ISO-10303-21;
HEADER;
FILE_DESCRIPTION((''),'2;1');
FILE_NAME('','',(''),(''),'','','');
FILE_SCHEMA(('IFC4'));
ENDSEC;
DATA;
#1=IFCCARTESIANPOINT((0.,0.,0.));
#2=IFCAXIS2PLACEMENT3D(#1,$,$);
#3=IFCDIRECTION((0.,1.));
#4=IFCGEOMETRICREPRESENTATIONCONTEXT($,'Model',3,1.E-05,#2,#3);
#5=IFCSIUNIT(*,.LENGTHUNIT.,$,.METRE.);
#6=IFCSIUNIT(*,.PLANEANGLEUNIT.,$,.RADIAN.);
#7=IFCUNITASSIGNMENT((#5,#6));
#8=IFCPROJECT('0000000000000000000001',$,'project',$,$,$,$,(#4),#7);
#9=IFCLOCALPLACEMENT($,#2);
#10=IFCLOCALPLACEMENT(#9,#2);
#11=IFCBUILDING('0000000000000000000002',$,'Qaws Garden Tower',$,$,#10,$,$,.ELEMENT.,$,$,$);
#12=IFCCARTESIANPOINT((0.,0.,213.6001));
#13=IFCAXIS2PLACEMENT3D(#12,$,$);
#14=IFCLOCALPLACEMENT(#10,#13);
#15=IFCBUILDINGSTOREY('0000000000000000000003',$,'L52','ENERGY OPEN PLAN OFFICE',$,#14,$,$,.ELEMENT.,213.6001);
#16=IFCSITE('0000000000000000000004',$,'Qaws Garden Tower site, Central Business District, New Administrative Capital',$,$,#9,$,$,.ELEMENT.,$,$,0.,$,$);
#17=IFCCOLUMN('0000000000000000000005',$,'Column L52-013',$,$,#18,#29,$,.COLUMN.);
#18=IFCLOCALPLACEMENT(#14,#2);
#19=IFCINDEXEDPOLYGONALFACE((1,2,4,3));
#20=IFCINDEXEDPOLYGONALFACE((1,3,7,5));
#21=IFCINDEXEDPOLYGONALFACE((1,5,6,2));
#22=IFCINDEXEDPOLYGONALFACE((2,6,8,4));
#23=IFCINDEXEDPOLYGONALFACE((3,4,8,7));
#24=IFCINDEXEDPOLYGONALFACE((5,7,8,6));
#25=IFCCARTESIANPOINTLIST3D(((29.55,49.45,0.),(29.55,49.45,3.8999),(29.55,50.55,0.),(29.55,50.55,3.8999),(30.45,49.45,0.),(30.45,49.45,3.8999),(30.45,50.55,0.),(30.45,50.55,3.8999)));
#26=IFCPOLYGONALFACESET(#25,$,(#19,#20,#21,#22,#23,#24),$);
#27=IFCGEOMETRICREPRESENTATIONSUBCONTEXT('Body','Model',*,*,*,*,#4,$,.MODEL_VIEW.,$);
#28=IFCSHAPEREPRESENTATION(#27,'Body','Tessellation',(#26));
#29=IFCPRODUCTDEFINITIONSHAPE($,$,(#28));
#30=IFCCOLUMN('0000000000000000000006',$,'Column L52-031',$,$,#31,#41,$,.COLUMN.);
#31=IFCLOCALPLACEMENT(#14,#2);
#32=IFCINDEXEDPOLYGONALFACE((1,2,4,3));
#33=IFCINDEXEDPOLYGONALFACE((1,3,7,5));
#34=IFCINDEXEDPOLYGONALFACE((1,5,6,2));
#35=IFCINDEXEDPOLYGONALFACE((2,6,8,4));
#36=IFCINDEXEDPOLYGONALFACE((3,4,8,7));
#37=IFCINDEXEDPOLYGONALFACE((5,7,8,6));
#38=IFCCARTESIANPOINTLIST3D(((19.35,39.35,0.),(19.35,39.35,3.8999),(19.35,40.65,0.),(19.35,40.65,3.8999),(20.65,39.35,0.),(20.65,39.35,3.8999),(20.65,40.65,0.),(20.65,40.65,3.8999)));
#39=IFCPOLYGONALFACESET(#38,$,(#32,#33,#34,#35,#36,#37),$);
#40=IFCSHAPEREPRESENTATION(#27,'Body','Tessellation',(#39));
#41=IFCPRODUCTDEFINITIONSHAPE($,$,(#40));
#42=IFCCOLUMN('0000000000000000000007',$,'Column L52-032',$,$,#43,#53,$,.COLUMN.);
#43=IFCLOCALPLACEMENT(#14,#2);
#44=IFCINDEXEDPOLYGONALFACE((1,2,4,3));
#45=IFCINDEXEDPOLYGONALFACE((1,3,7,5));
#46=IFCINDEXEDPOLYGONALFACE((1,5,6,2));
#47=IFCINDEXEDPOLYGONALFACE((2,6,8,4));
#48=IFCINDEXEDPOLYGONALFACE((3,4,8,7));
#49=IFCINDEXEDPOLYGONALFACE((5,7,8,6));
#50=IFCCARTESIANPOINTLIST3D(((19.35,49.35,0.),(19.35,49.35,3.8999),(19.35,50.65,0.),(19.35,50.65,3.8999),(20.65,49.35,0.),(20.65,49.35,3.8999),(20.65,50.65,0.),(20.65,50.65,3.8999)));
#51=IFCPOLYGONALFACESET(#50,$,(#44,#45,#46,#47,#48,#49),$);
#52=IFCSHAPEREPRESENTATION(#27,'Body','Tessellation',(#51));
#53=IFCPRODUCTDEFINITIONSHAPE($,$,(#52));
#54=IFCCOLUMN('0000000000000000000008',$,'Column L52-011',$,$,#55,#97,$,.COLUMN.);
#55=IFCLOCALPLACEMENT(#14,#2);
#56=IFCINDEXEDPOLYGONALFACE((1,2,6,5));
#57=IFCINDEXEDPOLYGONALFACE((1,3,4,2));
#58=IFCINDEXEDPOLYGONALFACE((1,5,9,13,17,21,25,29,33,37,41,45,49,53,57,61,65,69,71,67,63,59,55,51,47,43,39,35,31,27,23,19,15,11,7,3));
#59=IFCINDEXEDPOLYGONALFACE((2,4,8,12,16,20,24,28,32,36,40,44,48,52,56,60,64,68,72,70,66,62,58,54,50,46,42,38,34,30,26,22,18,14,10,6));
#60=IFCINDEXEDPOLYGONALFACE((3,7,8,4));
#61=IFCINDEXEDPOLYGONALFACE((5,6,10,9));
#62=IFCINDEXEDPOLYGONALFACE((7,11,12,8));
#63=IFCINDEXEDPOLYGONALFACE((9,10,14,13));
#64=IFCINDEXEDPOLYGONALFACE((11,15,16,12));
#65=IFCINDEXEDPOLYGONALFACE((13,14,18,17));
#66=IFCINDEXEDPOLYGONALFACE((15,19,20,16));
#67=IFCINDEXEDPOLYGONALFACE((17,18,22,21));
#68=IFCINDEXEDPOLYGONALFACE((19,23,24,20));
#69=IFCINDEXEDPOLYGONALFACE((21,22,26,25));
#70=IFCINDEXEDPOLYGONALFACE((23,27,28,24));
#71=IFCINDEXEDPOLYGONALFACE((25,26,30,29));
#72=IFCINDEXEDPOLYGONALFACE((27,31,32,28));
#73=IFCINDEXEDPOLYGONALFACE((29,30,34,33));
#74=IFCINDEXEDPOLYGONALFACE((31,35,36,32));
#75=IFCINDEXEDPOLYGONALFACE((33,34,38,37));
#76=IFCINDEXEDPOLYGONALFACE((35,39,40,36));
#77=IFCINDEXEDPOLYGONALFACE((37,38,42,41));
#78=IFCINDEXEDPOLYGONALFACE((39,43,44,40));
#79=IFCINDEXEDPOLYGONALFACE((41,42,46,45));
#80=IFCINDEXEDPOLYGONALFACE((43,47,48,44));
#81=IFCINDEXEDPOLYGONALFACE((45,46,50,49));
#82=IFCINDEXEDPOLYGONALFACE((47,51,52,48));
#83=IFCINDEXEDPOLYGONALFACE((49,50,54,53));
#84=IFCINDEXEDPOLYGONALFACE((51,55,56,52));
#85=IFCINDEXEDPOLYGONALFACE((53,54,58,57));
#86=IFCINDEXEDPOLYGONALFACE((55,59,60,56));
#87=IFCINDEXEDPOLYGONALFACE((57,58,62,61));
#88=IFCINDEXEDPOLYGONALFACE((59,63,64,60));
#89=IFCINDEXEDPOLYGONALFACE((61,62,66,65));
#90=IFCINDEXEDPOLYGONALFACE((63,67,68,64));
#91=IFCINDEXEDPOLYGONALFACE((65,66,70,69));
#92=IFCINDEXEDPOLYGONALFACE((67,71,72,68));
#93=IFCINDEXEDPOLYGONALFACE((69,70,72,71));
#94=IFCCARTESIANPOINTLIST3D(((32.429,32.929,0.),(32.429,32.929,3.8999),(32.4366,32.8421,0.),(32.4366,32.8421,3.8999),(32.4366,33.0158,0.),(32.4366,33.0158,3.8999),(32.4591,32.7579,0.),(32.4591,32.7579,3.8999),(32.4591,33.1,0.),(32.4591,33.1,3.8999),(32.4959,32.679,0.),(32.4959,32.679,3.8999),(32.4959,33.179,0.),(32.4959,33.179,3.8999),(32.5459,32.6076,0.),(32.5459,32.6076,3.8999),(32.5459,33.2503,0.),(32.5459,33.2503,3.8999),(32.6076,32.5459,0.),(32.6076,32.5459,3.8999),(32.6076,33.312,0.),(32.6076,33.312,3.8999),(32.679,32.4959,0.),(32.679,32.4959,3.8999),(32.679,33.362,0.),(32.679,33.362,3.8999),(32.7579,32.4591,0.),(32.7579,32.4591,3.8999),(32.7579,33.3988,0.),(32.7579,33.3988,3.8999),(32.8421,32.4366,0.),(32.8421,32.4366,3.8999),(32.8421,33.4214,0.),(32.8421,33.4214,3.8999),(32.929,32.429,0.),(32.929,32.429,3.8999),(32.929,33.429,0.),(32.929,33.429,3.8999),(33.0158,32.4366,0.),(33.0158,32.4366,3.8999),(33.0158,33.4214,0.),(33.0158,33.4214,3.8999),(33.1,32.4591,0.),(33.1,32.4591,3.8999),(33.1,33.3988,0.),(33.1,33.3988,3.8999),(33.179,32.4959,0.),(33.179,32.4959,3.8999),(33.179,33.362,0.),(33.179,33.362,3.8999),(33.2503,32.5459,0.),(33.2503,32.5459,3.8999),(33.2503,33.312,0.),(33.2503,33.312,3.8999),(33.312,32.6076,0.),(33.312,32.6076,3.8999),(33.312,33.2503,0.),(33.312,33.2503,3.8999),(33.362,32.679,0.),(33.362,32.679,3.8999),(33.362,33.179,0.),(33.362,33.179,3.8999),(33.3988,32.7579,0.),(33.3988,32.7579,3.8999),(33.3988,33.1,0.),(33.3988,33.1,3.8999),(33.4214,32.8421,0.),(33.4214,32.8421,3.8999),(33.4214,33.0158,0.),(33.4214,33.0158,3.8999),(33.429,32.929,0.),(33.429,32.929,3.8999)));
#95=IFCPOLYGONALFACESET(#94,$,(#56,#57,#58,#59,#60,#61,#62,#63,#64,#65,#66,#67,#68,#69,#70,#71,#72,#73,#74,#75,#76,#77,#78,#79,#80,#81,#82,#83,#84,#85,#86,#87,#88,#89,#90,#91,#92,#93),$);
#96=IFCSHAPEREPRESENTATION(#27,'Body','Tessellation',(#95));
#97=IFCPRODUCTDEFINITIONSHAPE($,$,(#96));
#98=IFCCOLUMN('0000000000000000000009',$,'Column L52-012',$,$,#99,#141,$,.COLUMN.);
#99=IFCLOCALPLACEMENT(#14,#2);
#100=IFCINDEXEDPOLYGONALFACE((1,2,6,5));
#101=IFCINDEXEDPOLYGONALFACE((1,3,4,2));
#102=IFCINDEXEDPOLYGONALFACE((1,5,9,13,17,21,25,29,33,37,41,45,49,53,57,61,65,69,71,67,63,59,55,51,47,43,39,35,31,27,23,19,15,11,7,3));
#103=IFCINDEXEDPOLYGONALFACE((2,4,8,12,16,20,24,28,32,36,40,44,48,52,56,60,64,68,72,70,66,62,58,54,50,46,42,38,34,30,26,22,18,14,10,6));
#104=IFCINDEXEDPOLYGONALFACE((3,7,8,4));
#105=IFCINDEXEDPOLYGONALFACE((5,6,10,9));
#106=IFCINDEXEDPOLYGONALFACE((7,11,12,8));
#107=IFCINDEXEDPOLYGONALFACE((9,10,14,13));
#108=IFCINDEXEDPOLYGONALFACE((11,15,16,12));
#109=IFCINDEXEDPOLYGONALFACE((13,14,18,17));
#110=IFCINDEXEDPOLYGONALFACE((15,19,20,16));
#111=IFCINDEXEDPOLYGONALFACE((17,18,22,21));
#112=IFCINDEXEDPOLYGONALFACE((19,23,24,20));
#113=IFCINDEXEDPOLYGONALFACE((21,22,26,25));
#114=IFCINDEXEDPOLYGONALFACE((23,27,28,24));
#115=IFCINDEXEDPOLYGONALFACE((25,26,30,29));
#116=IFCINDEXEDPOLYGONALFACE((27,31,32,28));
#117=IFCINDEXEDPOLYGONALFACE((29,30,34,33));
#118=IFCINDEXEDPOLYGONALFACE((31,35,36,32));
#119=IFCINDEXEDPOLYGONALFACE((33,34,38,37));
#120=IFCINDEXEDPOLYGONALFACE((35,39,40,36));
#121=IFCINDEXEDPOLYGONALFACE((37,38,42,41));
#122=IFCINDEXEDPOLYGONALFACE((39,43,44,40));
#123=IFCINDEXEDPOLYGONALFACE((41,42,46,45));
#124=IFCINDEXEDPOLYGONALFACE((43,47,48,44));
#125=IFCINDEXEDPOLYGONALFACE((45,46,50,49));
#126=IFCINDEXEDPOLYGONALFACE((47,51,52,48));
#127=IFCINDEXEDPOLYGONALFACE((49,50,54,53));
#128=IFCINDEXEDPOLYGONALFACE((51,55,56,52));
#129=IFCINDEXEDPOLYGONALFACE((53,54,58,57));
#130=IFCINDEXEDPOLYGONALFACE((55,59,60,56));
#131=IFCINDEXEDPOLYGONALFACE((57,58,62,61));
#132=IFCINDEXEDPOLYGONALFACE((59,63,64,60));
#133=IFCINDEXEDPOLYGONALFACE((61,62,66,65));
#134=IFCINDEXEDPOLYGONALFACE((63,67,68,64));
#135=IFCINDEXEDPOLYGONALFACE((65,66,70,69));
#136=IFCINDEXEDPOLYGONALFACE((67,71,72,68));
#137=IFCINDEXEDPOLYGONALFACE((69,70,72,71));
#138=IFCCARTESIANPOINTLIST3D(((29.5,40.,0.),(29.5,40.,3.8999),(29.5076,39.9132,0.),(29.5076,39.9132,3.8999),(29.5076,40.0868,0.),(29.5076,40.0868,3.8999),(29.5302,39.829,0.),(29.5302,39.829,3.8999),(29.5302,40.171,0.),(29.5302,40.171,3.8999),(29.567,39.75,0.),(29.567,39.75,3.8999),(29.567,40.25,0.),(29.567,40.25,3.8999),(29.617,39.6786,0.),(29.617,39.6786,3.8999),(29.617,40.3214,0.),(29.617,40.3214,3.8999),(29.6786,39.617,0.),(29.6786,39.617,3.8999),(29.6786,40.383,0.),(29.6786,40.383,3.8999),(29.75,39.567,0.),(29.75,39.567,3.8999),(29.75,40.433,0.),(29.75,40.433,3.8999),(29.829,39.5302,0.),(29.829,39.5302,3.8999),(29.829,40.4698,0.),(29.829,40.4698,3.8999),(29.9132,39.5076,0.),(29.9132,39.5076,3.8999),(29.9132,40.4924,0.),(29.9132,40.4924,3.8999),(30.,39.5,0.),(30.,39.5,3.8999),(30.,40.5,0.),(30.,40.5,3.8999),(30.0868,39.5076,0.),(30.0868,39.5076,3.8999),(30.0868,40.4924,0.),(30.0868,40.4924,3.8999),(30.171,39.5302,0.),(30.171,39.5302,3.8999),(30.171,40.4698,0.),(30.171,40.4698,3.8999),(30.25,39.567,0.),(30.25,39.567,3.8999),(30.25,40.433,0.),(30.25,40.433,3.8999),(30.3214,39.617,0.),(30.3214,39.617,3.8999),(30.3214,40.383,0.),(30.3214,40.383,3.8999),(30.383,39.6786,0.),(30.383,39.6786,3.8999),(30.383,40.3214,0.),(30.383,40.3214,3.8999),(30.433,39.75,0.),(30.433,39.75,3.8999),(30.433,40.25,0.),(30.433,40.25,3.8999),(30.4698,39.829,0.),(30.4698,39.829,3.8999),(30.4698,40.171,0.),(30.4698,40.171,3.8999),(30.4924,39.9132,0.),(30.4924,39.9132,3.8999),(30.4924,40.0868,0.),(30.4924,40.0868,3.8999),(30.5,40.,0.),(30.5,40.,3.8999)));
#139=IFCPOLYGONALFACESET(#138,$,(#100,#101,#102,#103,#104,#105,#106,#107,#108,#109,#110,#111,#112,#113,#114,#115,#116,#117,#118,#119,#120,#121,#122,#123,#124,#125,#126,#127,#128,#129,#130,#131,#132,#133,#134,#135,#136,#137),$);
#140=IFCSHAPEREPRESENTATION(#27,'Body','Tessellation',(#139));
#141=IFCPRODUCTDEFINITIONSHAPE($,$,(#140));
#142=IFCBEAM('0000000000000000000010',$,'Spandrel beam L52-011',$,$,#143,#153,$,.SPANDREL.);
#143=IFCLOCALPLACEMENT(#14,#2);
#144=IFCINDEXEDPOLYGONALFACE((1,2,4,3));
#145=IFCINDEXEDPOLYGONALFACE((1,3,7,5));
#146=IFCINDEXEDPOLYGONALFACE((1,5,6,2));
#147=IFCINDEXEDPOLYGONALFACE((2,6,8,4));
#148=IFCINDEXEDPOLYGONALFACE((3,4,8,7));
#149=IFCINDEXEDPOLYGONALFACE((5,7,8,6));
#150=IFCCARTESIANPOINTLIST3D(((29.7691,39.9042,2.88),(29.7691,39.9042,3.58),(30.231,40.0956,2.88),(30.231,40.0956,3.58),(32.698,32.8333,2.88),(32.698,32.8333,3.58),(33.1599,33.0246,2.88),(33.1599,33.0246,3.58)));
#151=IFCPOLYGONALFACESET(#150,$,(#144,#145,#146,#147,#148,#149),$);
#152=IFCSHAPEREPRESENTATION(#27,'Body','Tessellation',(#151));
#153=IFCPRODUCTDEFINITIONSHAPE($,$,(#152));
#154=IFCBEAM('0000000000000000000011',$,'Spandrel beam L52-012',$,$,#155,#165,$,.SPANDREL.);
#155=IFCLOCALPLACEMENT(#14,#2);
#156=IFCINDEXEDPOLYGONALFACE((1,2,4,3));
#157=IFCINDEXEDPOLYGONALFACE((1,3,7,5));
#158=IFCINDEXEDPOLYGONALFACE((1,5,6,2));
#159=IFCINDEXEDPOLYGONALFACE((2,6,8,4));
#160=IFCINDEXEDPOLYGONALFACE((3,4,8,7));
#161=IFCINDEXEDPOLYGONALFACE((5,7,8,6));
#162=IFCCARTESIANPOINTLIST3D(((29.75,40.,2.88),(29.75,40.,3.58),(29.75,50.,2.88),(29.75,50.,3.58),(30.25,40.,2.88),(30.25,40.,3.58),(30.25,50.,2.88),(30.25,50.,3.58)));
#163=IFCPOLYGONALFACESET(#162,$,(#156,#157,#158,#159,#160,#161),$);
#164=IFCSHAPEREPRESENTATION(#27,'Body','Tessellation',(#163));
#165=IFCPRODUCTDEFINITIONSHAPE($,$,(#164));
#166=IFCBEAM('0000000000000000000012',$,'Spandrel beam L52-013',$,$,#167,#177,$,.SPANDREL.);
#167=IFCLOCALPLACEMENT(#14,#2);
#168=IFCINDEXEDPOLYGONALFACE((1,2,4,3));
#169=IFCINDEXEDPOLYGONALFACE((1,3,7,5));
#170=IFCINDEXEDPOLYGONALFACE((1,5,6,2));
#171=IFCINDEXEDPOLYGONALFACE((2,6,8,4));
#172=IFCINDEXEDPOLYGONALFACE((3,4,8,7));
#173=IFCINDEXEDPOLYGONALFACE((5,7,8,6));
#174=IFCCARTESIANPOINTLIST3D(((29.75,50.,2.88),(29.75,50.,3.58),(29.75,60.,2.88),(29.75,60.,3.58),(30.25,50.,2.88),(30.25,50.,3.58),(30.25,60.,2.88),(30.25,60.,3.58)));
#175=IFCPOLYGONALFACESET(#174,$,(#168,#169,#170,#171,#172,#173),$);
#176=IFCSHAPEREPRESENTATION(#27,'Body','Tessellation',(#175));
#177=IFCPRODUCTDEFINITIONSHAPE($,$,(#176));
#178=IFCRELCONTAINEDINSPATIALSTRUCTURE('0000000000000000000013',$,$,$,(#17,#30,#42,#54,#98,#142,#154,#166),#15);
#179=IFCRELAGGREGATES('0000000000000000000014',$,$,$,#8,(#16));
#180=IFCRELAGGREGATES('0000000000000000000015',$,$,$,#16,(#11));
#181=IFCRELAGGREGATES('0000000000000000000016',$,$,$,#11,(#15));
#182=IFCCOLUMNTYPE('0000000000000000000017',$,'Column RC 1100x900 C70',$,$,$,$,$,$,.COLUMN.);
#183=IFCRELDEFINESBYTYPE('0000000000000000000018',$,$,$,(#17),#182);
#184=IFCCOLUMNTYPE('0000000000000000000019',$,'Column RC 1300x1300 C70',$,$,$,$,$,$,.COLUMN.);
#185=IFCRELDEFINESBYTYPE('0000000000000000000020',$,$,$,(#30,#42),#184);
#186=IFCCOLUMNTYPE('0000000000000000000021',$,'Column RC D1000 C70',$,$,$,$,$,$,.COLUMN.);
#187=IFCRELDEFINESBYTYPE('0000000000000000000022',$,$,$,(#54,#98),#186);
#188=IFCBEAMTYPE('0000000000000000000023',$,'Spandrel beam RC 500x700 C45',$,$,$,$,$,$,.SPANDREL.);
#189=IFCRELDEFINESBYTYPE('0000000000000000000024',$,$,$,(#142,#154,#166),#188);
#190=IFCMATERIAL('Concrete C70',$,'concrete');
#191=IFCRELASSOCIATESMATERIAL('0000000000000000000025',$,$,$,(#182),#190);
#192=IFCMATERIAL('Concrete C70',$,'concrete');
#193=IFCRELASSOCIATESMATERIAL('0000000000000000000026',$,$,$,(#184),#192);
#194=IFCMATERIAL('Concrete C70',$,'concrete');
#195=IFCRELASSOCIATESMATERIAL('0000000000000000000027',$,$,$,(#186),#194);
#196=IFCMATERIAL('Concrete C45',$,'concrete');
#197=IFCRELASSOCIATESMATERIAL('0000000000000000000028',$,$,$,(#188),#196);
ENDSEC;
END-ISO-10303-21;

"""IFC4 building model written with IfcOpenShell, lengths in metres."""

from ifc_helpers import new_model, si_unit, direction, frame, origin, origin_2d, place, context, subcontext, project, spatial, rectangle, circle, extrude, material, material_profile, profile_set, type_object, element, save


model = new_model("IFC4")

# Units and contexts
model_context = context("Model", 3, precision=1e-05, world=origin(), true_north=direction((0.0, 1.0)))
body_context = subcontext(model_context, "Body", "Model", "MODEL_VIEW")
ifc_project = project(units=[si_unit("LENGTHUNIT", "METRE"), si_unit("PLANEANGLEUNIT", "RADIAN")], contexts=[model_context])

# Site, building, storey
site_placement = place(None, origin())
site = spatial("IfcSite", under=ifc_project, at=site_placement, Name="Qaws Garden Tower site, Central Business District, New Administrative Capital", CompositionType="ELEMENT", RefElevation=0.0)
building_placement = place(site_placement, origin())
building = spatial("IfcBuilding", under=site, at=building_placement, Name="Qaws Garden Tower", CompositionType="ELEMENT")
storey_placement = place(building_placement, frame((0.0, 0.0, 213.6001)))
storey = spatial("IfcBuildingStorey", under=building, at=storey_placement, Name="L52", Description="ENERGY OPEN PLAN OFFICE", CompositionType="ELEMENT", Elevation=213.6001)

# Columns
ifc_material_1 = material(Name="Concrete C70", Category="concrete")
ifc_material_profile_1 = material_profile(ifc_material_1, rectangle(XDim=1.1001, YDim=0.8999, at=origin_2d()), Name="RC 1100x900")
ifc_profile_set_1 = profile_set([ifc_material_profile_1], Name="Concrete C70")
column_type_1 = type_object("IfcColumnType", Name="Column RC 1100x900 C70", PredefinedType="COLUMN", material=ifc_profile_set_1)
column_placement = place(storey_placement, frame((30.0, 50.0, 0.0), z_axis=(0.0, 0.0, 1.0), x_axis=(0.0, 1.0, 0.0)))
element("IfcColumn", 1, at=column_placement, inside=storey, type_object=column_type_1, Name="Column L52-013", PredefinedType="COLUMN", context=body_context, shape_type="SweptSolid", body=[
    extrude(rectangle(XDim=1.1001, YDim=0.8999, at=origin_2d()), origin(), (0.0, 0.0, 1.0), 3.8999),
])
ifc_material_2 = material(Name="Concrete C70", Category="concrete")
ifc_material_profile_2 = material_profile(ifc_material_2, rectangle(XDim=1.3, YDim=1.3, at=origin_2d()), Name="RC 1300x1300")
ifc_profile_set_2 = profile_set([ifc_material_profile_2], Name="Concrete C70")
column_type_2 = type_object("IfcColumnType", Name="Column RC 1300x1300 C70", PredefinedType="COLUMN", material=ifc_profile_set_2)
for number, where, z_axis, x_axis, name in (
    (2, (20.0, 40.0, 0.0), (0.0, 0.0, 1.0), (1.0, 0.0, 0.0), "Column L52-031"),
    (3, (20.0, 50.0, 0.0), (0.0, 0.0, 1.0), (1.0, 0.0, 0.0), "Column L52-032"),
):
    element("IfcColumn", number, at=place(storey_placement, frame(where, z_axis=z_axis, x_axis=x_axis)), inside=storey, type_object=column_type_2, Name=name, PredefinedType="COLUMN", context=body_context, shape_type="SweptSolid", body=[
        extrude(rectangle(XDim=1.3, YDim=1.3, at=origin_2d()), origin(), (0.0, 0.0, 1.0), 3.8999),
    ])
ifc_material_3 = material(Name="Concrete C70", Category="concrete")
ifc_material_profile_3 = material_profile(ifc_material_3, circle(Radius=0.5, at=origin_2d()), Name="RC D1000")
ifc_profile_set_3 = profile_set([ifc_material_profile_3], Name="Concrete C70")
column_type_3 = type_object("IfcColumnType", Name="Column RC D1000 C70", PredefinedType="COLUMN", material=ifc_profile_set_3)
for number, where, z_axis, x_axis, name in (
    (4, (32.929, 32.929, 0.0), (0.0, 0.0, 1.0), (1.0, 0.0, 0.0), "Column L52-011"),
    (5, (30.0, 40.0, 0.0), (0.0, 0.0, 1.0), (1.0, 0.0, 0.0), "Column L52-012"),
):
    element("IfcColumn", number, at=place(storey_placement, frame(where, z_axis=z_axis, x_axis=x_axis)), inside=storey, type_object=column_type_3, Name=name, PredefinedType="COLUMN", context=body_context, shape_type="SweptSolid", body=[
        extrude(circle(Radius=0.5, at=origin_2d()), origin(), (0.0, 0.0, 1.0), 3.8999),
    ])

# Beams
ifc_material_4 = material(Name="Concrete C45", Category="concrete")
ifc_material_profile_4 = material_profile(ifc_material_4, rectangle(XDim=0.5, YDim=0.7, at=origin_2d()), Name="RC 500x700")
ifc_profile_set_4 = profile_set([ifc_material_profile_4], Name="Concrete C45")
beam_type = type_object("IfcBeamType", Name="Spandrel beam RC 500x700 C45", PredefinedType="SPANDREL", material=ifc_profile_set_4)
beam_placement = place(storey_placement, frame((32.929, 32.929, 3.23), z_axis=(-0.382687, 0.923878, 0.0), x_axis=(-0.923878, -0.382687, 0.0)))
element("IfcBeam", 6, at=beam_placement, inside=storey, type_object=beam_type, Name="Spandrel beam L52-011", PredefinedType="SPANDREL", context=body_context, shape_type="SweptSolid", body=[
    extrude(rectangle(XDim=0.5, YDim=0.7, at=origin_2d()), origin(), (0.0, 0.0, 1.0), 7.6536),
])
for number, where, z_axis, x_axis, name in (
    (7, (30.0, 40.0, 3.23), (0.0, 1.0, 0.0), (-1.0, 0.0, 0.0), "Spandrel beam L52-012"),
    (8, (30.0, 50.0, 3.23), (0.0, 1.0, 0.0), (-1.0, 0.0, 0.0), "Spandrel beam L52-013"),
):
    element("IfcBeam", number, at=place(storey_placement, frame(where, z_axis=z_axis, x_axis=x_axis)), inside=storey, type_object=beam_type, Name=name, PredefinedType="SPANDREL", context=body_context, shape_type="SweptSolid", body=[
        extrude(rectangle(XDim=0.5, YDim=0.7, at=origin_2d()), origin(), (0.0, 0.0, 1.0), 10.0),
    ])

save(model, "model.ifc")
